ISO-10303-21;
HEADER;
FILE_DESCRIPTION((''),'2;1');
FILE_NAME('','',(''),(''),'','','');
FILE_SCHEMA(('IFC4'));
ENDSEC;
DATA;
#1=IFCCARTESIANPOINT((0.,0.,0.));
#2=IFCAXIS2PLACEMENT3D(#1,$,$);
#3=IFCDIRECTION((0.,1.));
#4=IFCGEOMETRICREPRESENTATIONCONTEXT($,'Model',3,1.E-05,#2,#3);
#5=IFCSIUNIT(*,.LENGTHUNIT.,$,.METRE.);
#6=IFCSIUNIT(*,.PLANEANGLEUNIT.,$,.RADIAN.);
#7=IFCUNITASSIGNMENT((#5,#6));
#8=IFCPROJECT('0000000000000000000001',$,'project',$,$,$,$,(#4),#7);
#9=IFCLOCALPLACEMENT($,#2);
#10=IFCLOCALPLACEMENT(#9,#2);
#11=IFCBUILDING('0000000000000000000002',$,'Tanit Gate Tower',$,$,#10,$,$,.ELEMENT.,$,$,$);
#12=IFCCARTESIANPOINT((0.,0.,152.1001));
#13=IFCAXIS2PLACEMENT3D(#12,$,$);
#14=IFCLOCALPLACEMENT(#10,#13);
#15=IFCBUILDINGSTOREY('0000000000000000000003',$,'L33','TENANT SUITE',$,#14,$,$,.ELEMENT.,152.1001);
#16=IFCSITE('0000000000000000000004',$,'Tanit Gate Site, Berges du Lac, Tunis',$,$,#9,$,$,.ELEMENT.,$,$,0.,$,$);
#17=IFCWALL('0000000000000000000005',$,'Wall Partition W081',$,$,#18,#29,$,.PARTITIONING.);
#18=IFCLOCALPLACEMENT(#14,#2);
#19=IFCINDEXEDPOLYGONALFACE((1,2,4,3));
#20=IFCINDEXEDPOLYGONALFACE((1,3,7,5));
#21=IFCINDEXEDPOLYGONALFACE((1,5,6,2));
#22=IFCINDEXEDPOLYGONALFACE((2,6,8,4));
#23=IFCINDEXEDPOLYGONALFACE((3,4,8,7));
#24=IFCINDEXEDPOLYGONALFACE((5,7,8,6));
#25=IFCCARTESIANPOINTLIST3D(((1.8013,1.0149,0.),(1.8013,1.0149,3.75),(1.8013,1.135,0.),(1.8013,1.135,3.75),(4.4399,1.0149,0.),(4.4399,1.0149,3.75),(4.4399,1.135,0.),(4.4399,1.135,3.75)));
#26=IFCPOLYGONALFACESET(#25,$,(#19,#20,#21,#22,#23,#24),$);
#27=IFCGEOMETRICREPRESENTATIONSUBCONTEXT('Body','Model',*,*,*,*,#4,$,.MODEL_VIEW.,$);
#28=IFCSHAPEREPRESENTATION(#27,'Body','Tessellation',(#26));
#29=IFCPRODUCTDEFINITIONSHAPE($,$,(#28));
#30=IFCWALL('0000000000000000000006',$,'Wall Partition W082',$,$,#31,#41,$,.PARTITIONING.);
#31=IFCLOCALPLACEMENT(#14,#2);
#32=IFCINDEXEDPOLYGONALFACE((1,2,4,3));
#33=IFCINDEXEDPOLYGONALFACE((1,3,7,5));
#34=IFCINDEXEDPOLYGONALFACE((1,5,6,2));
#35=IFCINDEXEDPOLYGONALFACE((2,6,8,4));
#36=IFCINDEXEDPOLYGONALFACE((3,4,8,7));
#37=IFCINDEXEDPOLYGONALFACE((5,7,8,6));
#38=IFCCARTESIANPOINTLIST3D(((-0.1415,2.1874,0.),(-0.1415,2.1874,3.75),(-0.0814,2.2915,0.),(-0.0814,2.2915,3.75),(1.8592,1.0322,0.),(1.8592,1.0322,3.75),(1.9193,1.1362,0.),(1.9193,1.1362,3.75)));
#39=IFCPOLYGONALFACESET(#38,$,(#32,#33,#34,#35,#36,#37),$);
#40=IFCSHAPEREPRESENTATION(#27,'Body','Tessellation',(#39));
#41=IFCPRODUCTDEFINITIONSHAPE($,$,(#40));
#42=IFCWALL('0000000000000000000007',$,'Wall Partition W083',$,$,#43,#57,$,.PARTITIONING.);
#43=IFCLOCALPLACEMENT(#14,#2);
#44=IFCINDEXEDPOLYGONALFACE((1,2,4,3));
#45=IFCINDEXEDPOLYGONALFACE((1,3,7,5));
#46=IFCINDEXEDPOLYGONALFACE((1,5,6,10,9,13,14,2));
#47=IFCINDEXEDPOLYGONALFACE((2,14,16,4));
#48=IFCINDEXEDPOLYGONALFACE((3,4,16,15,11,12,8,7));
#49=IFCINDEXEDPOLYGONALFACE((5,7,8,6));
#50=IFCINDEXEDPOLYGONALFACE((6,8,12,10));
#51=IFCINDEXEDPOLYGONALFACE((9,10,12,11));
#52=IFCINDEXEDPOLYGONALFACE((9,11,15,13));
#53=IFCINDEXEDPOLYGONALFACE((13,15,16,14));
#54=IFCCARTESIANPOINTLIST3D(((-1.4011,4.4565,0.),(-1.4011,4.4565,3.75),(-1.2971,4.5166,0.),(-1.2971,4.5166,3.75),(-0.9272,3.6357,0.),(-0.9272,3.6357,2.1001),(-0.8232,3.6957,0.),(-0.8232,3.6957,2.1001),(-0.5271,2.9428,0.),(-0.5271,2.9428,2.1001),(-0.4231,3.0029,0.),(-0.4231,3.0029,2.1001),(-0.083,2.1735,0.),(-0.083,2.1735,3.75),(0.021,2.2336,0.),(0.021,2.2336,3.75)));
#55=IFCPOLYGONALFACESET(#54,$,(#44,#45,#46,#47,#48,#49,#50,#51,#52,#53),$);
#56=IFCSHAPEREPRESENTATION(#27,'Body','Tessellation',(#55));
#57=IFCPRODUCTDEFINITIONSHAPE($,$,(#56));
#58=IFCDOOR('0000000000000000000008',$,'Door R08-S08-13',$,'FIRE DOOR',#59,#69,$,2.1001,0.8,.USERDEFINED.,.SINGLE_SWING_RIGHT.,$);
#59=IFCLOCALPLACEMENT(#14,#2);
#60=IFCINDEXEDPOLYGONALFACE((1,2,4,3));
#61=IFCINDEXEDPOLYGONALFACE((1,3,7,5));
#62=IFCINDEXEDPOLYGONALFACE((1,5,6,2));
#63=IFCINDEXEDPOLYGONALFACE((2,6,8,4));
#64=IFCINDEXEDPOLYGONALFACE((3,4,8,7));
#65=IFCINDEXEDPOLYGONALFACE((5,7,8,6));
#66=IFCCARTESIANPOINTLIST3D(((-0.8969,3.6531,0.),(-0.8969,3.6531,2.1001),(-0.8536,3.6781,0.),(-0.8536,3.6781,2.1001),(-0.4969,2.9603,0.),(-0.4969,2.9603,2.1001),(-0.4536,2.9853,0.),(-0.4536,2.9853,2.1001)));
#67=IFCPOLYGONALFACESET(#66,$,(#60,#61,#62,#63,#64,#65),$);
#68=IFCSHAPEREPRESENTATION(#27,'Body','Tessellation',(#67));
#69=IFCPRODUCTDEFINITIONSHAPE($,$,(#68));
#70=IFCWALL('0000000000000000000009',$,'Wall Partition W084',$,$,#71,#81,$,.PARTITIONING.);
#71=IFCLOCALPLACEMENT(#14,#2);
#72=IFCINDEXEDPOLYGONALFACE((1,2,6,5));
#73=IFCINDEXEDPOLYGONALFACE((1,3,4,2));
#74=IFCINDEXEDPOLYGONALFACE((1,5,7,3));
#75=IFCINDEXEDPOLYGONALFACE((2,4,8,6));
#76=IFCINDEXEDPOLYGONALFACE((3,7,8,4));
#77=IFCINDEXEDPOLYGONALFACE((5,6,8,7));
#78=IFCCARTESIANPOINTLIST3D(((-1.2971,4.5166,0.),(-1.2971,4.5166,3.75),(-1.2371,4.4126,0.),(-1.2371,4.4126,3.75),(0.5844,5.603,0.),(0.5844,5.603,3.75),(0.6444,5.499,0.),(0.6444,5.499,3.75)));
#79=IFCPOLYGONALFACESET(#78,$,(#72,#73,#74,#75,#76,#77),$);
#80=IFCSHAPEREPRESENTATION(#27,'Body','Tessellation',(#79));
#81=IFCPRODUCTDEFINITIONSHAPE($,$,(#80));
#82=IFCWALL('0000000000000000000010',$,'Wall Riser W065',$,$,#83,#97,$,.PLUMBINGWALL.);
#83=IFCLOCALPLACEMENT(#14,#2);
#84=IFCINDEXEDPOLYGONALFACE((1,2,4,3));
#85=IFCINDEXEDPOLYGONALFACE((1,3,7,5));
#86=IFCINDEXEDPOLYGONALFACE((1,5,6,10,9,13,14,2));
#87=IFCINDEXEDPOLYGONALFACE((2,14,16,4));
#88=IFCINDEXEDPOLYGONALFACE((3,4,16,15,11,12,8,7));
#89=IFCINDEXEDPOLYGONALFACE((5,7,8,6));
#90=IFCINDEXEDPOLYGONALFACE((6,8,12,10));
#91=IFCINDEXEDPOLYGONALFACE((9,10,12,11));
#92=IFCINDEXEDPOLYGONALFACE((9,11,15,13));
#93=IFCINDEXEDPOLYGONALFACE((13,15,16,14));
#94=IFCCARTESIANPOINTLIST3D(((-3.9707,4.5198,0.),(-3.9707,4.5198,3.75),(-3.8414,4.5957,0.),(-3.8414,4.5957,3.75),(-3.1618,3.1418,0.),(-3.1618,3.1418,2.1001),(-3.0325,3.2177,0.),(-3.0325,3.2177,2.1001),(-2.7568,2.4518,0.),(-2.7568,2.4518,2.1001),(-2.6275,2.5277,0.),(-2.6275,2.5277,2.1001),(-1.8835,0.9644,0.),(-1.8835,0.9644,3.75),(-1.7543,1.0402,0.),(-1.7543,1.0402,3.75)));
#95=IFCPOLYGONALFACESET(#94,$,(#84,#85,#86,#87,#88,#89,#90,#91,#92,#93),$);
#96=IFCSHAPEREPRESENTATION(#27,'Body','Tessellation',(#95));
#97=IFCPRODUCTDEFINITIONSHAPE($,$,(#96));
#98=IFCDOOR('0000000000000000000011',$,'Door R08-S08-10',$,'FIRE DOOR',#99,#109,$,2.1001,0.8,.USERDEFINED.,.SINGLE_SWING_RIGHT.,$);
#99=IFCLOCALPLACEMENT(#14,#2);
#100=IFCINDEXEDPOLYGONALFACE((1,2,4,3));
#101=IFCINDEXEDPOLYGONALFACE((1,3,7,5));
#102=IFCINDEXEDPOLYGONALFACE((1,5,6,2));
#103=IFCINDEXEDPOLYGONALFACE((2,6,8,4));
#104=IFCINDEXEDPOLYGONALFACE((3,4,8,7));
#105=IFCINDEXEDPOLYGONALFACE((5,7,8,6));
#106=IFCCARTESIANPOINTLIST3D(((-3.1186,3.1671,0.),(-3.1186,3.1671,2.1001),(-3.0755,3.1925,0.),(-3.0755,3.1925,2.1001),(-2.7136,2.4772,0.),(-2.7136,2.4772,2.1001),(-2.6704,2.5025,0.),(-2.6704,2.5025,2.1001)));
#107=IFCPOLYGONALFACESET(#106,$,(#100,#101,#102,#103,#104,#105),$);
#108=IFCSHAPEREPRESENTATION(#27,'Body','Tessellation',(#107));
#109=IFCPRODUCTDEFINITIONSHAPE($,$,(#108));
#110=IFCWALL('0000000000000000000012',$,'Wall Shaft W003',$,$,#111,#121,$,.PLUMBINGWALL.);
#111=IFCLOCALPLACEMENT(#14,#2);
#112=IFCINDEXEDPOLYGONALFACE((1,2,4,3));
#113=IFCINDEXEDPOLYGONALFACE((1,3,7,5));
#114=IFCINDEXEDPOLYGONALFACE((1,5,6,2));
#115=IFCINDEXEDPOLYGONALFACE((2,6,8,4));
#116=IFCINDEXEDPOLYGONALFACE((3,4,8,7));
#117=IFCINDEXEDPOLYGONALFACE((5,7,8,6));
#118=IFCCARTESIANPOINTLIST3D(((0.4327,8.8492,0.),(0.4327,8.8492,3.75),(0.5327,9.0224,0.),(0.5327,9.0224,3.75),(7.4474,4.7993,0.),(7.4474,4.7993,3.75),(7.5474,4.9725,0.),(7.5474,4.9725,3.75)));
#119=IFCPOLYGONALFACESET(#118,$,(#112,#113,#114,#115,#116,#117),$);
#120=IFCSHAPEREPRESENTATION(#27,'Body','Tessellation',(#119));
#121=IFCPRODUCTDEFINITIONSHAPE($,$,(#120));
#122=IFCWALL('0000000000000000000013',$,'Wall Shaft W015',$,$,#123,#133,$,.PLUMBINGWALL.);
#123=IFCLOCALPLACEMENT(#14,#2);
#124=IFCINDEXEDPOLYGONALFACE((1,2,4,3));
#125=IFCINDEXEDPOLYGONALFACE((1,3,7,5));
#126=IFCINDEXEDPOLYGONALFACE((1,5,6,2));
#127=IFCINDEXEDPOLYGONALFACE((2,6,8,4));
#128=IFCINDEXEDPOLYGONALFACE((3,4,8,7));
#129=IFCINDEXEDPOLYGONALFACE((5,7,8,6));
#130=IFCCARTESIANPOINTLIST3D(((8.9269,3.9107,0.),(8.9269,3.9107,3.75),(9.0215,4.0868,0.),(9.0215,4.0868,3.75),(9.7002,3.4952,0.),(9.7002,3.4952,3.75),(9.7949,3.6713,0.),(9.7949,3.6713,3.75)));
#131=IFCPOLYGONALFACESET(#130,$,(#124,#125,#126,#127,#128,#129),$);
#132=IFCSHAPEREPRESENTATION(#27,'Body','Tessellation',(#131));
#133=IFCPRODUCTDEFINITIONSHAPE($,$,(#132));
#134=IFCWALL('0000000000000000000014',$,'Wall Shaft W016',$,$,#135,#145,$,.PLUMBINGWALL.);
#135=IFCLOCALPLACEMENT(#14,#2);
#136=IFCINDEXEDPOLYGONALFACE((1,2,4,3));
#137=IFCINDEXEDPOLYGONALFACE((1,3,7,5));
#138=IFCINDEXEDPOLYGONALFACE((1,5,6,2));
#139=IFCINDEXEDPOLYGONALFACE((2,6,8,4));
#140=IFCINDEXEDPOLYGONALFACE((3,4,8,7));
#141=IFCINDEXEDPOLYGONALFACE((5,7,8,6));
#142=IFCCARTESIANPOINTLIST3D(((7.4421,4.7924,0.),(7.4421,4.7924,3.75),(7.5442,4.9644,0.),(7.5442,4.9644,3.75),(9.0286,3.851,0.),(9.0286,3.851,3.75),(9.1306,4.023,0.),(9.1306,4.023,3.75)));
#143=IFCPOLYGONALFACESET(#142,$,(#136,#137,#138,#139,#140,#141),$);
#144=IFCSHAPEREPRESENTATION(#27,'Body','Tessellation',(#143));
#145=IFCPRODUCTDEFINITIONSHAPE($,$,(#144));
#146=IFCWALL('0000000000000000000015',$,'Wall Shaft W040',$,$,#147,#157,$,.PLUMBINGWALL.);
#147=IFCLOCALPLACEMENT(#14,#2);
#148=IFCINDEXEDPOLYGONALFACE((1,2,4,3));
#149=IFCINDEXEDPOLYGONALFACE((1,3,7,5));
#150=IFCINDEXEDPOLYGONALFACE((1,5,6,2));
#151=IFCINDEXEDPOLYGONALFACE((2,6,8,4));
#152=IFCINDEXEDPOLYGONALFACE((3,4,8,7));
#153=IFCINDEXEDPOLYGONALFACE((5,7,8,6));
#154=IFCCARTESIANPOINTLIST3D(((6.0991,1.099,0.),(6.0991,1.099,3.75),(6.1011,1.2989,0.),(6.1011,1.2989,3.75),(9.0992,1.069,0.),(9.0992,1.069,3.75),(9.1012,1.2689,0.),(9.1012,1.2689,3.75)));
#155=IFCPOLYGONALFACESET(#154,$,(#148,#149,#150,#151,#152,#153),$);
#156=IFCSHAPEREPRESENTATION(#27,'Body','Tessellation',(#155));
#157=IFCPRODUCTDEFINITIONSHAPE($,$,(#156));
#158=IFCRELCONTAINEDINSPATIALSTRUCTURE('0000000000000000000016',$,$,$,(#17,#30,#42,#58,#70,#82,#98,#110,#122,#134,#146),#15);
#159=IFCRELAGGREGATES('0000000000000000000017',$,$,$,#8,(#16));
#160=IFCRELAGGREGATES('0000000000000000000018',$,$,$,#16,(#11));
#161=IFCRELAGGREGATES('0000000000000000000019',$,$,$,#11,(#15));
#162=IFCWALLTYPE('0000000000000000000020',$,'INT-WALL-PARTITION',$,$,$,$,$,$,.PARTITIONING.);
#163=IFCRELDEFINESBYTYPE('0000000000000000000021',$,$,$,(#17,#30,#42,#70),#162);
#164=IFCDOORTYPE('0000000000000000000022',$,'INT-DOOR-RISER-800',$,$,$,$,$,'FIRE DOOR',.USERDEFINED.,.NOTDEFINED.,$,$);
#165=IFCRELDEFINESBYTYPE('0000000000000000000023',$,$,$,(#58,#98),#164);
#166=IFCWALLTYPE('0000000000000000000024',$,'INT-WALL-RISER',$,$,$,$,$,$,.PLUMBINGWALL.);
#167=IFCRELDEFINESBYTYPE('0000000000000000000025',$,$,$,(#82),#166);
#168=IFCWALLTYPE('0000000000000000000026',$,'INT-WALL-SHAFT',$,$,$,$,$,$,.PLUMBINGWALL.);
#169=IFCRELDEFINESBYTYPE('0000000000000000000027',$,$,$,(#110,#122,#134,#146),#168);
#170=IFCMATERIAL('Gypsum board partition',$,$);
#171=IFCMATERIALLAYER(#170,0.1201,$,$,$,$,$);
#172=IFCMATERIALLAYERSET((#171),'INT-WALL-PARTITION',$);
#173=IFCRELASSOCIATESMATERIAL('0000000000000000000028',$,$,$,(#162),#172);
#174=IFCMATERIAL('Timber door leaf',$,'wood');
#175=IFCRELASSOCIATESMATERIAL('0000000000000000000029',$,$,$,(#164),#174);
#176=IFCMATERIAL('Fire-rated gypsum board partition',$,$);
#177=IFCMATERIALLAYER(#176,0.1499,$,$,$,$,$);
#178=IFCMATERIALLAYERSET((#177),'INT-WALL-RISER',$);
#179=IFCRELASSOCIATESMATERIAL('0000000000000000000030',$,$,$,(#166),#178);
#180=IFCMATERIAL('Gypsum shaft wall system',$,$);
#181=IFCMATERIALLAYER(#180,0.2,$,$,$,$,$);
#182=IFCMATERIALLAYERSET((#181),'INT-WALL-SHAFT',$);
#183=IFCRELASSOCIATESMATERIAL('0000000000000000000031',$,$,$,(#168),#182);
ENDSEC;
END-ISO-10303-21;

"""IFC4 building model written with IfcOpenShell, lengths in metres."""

from ifc_helpers import new_model, si_unit, direction, frame, frame_2d, origin, place, context, subcontext, project, spatial, rectangle, extrude, material, layer, layer_set, type_object, element, fill, save


model = new_model("IFC4")

# Units and contexts
model_context = context("Model", 3, precision=1e-05, world=origin(), true_north=direction((0.0, 1.0)))
body_context = subcontext(model_context, "Body", "Model", "MODEL_VIEW")
ifc_project = project(units=[si_unit("LENGTHUNIT", "METRE"), si_unit("PLANEANGLEUNIT", "RADIAN")], contexts=[model_context])

# Site, building, storey
site_placement = place(None, origin())
site = spatial("IfcSite", under=ifc_project, at=site_placement, Name="Tanit Gate Site, Berges du Lac, Tunis", CompositionType="ELEMENT", RefElevation=0.0)
building_placement = place(site_placement, origin())
building = spatial("IfcBuilding", under=site, at=building_placement, Name="Tanit Gate Tower", CompositionType="ELEMENT")
storey_placement = place(building_placement, frame((0.0, 0.0, 152.1001)))
storey = spatial("IfcBuildingStorey", under=building, at=storey_placement, Name="L33", Description="TENANT SUITE", CompositionType="ELEMENT", Elevation=152.1001)

# Shared definitions
ifc_material_1 = material(Name="Gypsum board partition")
ifc_layer_1 = layer(ifc_material_1, 0.1201)
ifc_layer_set_1 = layer_set([ifc_layer_1], Name="INT-WALL-PARTITION")
wall_type_1 = type_object("IfcWallType", Name="INT-WALL-PARTITION", PredefinedType="PARTITIONING", material=ifc_layer_set_1)
ifc_material_2 = material(Name="Timber door leaf", Category="wood")
door_type_1 = type_object("IfcDoorType", Name="INT-DOOR-RISER-800", ElementType="FIRE DOOR", OperationType="NOTDEFINED", PredefinedType="USERDEFINED", material=ifc_material_2)

# Walls
wall_1_placement = place(storey_placement, frame((1.8013, 1.075, 0.0), z_axis=(0.0, 0.0, 1.0), x_axis=(1.0, 0.0, 0.0)))
element("IfcWall", 1, at=wall_1_placement, inside=storey, type_object=wall_type_1, Name="Wall Partition W081", PredefinedType="PARTITIONING", context=body_context, shape_type="SweptSolid", body=[
    extrude(rectangle(XDim=2.6387, YDim=0.1201, at=frame_2d((1.3193, 0.0))), origin(), (0.0, 0.0, 1.0), 3.75),
])
wall_2_placement = place(storey_placement, frame((-0.1116, 2.2395, 0.0), z_axis=(0.0, 0.0, 1.0), x_axis=(0.865997, -0.500049, 0.0)))
element("IfcWall", 2, at=wall_2_placement, inside=storey, type_object=wall_type_1, Name="Wall Partition W082", PredefinedType="PARTITIONING", context=body_context, shape_type="SweptSolid", body=[
    extrude(rectangle(XDim=2.3103, YDim=0.1201, at=frame_2d((1.1553, 0.0))), origin(), (0.0, 0.0, 1.0), 3.75),
])

# Wall, opening, door
wall_3_placement = place(storey_placement, frame((-1.3491, 4.4866, 0.0), z_axis=(0.0, 0.0, 1.0), x_axis=(0.500014, -0.866017, 0.0)))
wall_3 = element("IfcWall", 3, at=wall_3_placement, inside=storey, type_object=wall_type_1, Name="Wall Partition W083", PredefinedType="PARTITIONING", context=body_context, shape_type="SweptSolid", body=[
    extrude(rectangle(XDim=2.6362, YDim=0.1201, at=frame_2d((1.3181, 0.0))), origin(), (0.0, 0.0, 1.0), 3.75),
])
opening_1_placement = place(wall_3_placement, frame((0.948, 0.0, 0.0)))
opening_1 = element("IfcOpeningElement", 4, at=opening_1_placement, cuts=wall_3, PredefinedType="OPENING", context=body_context, shape_type="SweptSolid", body=[
    extrude(rectangle(XDim=0.8, YDim=2.1001, at=frame_2d((0.3999, 1.05))), frame((0.0, 0.0701, 0.0), z_axis=(0.0, -1.0, 0.0), x_axis=(1.0, 0.0, 0.0)), (0.0, 0.0, 1.0), 0.1401),
])
door_1_placement = place(opening_1_placement, origin())
door_1 = element("IfcDoor", 5, at=door_1_placement, inside=storey, type_object=door_type_1, Name="Door R08-S08-13", ObjectType="FIRE DOOR", OperationType="SINGLE_SWING_RIGHT", OverallHeight=2.1001, OverallWidth=0.8, PredefinedType="USERDEFINED", context=body_context, shape_type="SweptSolid", body=[
    extrude(rectangle(XDim=0.8, YDim=2.1001, at=frame_2d((0.3999, 1.05))), frame((0.0, 0.0249, 0.0), z_axis=(0.0, -1.0, 0.0), x_axis=(1.0, 0.0, 0.0)), (0.0, 0.0, 1.0), 0.05),
])
fill(opening_1, door_1)

# Wall
wall_4_placement = place(storey_placement, frame((0.6145, 5.551, 0.0), z_axis=(0.0, 0.0, 1.0), x_axis=(-0.866008, -0.50003, 0.0)))
element("IfcWall", 6, at=wall_4_placement, inside=storey, type_object=wall_type_1, Name="Wall Partition W084", PredefinedType="PARTITIONING", context=body_context, shape_type="SweptSolid", body=[
    extrude(rectangle(XDim=2.1726, YDim=0.1201, at=frame_2d((1.0864, 0.0))), origin(), (0.0, 0.0, 1.0), 3.75),
])

# Wall, opening, door
ifc_material_3 = material(Name="Fire-rated gypsum board partition")
ifc_layer_2 = layer(ifc_material_3, 0.1499)
ifc_layer_set_2 = layer_set([ifc_layer_2], Name="INT-WALL-RISER")
wall_type_2 = type_object("IfcWallType", Name="INT-WALL-RISER", PredefinedType="PLUMBINGWALL", material=ifc_layer_set_2)
wall_5_placement = place(storey_placement, frame((-1.8188, 1.0022, 0.0), z_axis=(0.0, 0.0, 1.0), x_axis=(-0.506251, 0.862386, 0.0)))
wall_5 = element("IfcWall", 7, at=wall_5_placement, inside=storey, type_object=wall_type_2, Name="Wall Riser W065", PredefinedType="PLUMBINGWALL", context=body_context, shape_type="SweptSolid", body=[
    extrude(rectangle(XDim=4.1228, YDim=0.1499, at=frame_2d((2.0615, 0.0))), origin(), (0.0, 0.0, 1.0), 3.75),
])
opening_2_placement = place(wall_5_placement, frame((1.7251, 0.0, 0.0)))
opening_2 = element("IfcOpeningElement", 8, at=opening_2_placement, cuts=wall_5, PredefinedType="OPENING", context=body_context, shape_type="SweptSolid", body=[
    extrude(rectangle(XDim=0.8, YDim=2.1001, at=frame_2d((0.3999, 1.05))), frame((0.0, 0.085, 0.0), z_axis=(0.0, -1.0, 0.0), x_axis=(1.0, 0.0, 0.0)), (0.0, 0.0, 1.0), 0.1699),
])
door_2_placement = place(opening_2_placement, origin())
door_2 = element("IfcDoor", 9, at=door_2_placement, inside=storey, type_object=door_type_1, Name="Door R08-S08-10", ObjectType="FIRE DOOR", OperationType="SINGLE_SWING_RIGHT", OverallHeight=2.1001, OverallWidth=0.8, PredefinedType="USERDEFINED", context=body_context, shape_type="SweptSolid", body=[
    extrude(rectangle(XDim=0.8, YDim=2.1001, at=frame_2d((0.3999, 1.05))), frame((0.0, 0.0249, 0.0), z_axis=(0.0, -1.0, 0.0), x_axis=(1.0, 0.0, 0.0)), (0.0, 0.0, 1.0), 0.05),
])
fill(opening_2, door_2)

# Walls
ifc_material_4 = material(Name="Gypsum shaft wall system")
ifc_layer_3 = layer(ifc_material_4, 0.2)
ifc_layer_set_3 = layer_set([ifc_layer_3], Name="INT-WALL-SHAFT")
wall_type_3 = type_object("IfcWallType", Name="INT-WALL-SHAFT", PredefinedType="PLUMBINGWALL", material=ifc_layer_set_3)
wall_6_placement = place(storey_placement, frame((7.4973, 4.886, 0.0), z_axis=(0.0, 0.0, 1.0), x_axis=(-0.866031, 0.49999, 0.0)))
element("IfcWall", 10, at=wall_6_placement, inside=storey, type_object=wall_type_3, Name="Wall Shaft W003", PredefinedType="PLUMBINGWALL", context=body_context, shape_type="SweptSolid", body=[
    extrude(rectangle(XDim=8.0999, YDim=0.2, at=frame_2d((4.0498, 0.0))), origin(), (0.0, 0.0, 1.0), 3.75),
])
wall_7_placement = place(storey_placement, frame((9.7476, 3.5833, 0.0), z_axis=(0.0, 0.0, 1.0), x_axis=(-0.880917, 0.473271, 0.0)))
element("IfcWall", 11, at=wall_7_placement, inside=storey, type_object=wall_type_3, Name="Wall Shaft W015", PredefinedType="PLUMBINGWALL", context=body_context, shape_type="SweptSolid", body=[
    extrude(rectangle(XDim=0.8779, YDim=0.2, at=frame_2d((0.439, 0.0))), origin(), (0.0, 0.0, 1.0), 3.75),
])
wall_8_placement = place(storey_placement, frame((9.0796, 3.937, 0.0), z_axis=(0.0, 0.0, 1.0), x_axis=(-0.859982, 0.510325, 0.0)))
element("IfcWall", 12, at=wall_8_placement, inside=storey, type_object=wall_type_3, Name="Wall Shaft W016", PredefinedType="PLUMBINGWALL", context=body_context, shape_type="SweptSolid", body=[
    extrude(rectangle(XDim=1.8447, YDim=0.2, at=frame_2d((0.9224, 0.0))), origin(), (0.0, 0.0, 1.0), 3.75),
])

# Wall
wall_9_placement = place(storey_placement, frame((9.1001, 1.1689, 0.0), z_axis=(0.0, 0.0, 1.0), x_axis=(-0.99995, 0.010009, 0.0)))
element("IfcWall", 13, at=wall_9_placement, inside=storey, type_object=wall_type_3, Name="Wall Shaft W040", PredefinedType="PLUMBINGWALL", context=body_context, shape_type="SweptSolid", body=[
    extrude(rectangle(XDim=3.0002, YDim=0.2, at=frame_2d((1.5, 0.0))), origin(), (0.0, 0.0, 1.0), 3.75),
])

save(model, "model.ifc")
